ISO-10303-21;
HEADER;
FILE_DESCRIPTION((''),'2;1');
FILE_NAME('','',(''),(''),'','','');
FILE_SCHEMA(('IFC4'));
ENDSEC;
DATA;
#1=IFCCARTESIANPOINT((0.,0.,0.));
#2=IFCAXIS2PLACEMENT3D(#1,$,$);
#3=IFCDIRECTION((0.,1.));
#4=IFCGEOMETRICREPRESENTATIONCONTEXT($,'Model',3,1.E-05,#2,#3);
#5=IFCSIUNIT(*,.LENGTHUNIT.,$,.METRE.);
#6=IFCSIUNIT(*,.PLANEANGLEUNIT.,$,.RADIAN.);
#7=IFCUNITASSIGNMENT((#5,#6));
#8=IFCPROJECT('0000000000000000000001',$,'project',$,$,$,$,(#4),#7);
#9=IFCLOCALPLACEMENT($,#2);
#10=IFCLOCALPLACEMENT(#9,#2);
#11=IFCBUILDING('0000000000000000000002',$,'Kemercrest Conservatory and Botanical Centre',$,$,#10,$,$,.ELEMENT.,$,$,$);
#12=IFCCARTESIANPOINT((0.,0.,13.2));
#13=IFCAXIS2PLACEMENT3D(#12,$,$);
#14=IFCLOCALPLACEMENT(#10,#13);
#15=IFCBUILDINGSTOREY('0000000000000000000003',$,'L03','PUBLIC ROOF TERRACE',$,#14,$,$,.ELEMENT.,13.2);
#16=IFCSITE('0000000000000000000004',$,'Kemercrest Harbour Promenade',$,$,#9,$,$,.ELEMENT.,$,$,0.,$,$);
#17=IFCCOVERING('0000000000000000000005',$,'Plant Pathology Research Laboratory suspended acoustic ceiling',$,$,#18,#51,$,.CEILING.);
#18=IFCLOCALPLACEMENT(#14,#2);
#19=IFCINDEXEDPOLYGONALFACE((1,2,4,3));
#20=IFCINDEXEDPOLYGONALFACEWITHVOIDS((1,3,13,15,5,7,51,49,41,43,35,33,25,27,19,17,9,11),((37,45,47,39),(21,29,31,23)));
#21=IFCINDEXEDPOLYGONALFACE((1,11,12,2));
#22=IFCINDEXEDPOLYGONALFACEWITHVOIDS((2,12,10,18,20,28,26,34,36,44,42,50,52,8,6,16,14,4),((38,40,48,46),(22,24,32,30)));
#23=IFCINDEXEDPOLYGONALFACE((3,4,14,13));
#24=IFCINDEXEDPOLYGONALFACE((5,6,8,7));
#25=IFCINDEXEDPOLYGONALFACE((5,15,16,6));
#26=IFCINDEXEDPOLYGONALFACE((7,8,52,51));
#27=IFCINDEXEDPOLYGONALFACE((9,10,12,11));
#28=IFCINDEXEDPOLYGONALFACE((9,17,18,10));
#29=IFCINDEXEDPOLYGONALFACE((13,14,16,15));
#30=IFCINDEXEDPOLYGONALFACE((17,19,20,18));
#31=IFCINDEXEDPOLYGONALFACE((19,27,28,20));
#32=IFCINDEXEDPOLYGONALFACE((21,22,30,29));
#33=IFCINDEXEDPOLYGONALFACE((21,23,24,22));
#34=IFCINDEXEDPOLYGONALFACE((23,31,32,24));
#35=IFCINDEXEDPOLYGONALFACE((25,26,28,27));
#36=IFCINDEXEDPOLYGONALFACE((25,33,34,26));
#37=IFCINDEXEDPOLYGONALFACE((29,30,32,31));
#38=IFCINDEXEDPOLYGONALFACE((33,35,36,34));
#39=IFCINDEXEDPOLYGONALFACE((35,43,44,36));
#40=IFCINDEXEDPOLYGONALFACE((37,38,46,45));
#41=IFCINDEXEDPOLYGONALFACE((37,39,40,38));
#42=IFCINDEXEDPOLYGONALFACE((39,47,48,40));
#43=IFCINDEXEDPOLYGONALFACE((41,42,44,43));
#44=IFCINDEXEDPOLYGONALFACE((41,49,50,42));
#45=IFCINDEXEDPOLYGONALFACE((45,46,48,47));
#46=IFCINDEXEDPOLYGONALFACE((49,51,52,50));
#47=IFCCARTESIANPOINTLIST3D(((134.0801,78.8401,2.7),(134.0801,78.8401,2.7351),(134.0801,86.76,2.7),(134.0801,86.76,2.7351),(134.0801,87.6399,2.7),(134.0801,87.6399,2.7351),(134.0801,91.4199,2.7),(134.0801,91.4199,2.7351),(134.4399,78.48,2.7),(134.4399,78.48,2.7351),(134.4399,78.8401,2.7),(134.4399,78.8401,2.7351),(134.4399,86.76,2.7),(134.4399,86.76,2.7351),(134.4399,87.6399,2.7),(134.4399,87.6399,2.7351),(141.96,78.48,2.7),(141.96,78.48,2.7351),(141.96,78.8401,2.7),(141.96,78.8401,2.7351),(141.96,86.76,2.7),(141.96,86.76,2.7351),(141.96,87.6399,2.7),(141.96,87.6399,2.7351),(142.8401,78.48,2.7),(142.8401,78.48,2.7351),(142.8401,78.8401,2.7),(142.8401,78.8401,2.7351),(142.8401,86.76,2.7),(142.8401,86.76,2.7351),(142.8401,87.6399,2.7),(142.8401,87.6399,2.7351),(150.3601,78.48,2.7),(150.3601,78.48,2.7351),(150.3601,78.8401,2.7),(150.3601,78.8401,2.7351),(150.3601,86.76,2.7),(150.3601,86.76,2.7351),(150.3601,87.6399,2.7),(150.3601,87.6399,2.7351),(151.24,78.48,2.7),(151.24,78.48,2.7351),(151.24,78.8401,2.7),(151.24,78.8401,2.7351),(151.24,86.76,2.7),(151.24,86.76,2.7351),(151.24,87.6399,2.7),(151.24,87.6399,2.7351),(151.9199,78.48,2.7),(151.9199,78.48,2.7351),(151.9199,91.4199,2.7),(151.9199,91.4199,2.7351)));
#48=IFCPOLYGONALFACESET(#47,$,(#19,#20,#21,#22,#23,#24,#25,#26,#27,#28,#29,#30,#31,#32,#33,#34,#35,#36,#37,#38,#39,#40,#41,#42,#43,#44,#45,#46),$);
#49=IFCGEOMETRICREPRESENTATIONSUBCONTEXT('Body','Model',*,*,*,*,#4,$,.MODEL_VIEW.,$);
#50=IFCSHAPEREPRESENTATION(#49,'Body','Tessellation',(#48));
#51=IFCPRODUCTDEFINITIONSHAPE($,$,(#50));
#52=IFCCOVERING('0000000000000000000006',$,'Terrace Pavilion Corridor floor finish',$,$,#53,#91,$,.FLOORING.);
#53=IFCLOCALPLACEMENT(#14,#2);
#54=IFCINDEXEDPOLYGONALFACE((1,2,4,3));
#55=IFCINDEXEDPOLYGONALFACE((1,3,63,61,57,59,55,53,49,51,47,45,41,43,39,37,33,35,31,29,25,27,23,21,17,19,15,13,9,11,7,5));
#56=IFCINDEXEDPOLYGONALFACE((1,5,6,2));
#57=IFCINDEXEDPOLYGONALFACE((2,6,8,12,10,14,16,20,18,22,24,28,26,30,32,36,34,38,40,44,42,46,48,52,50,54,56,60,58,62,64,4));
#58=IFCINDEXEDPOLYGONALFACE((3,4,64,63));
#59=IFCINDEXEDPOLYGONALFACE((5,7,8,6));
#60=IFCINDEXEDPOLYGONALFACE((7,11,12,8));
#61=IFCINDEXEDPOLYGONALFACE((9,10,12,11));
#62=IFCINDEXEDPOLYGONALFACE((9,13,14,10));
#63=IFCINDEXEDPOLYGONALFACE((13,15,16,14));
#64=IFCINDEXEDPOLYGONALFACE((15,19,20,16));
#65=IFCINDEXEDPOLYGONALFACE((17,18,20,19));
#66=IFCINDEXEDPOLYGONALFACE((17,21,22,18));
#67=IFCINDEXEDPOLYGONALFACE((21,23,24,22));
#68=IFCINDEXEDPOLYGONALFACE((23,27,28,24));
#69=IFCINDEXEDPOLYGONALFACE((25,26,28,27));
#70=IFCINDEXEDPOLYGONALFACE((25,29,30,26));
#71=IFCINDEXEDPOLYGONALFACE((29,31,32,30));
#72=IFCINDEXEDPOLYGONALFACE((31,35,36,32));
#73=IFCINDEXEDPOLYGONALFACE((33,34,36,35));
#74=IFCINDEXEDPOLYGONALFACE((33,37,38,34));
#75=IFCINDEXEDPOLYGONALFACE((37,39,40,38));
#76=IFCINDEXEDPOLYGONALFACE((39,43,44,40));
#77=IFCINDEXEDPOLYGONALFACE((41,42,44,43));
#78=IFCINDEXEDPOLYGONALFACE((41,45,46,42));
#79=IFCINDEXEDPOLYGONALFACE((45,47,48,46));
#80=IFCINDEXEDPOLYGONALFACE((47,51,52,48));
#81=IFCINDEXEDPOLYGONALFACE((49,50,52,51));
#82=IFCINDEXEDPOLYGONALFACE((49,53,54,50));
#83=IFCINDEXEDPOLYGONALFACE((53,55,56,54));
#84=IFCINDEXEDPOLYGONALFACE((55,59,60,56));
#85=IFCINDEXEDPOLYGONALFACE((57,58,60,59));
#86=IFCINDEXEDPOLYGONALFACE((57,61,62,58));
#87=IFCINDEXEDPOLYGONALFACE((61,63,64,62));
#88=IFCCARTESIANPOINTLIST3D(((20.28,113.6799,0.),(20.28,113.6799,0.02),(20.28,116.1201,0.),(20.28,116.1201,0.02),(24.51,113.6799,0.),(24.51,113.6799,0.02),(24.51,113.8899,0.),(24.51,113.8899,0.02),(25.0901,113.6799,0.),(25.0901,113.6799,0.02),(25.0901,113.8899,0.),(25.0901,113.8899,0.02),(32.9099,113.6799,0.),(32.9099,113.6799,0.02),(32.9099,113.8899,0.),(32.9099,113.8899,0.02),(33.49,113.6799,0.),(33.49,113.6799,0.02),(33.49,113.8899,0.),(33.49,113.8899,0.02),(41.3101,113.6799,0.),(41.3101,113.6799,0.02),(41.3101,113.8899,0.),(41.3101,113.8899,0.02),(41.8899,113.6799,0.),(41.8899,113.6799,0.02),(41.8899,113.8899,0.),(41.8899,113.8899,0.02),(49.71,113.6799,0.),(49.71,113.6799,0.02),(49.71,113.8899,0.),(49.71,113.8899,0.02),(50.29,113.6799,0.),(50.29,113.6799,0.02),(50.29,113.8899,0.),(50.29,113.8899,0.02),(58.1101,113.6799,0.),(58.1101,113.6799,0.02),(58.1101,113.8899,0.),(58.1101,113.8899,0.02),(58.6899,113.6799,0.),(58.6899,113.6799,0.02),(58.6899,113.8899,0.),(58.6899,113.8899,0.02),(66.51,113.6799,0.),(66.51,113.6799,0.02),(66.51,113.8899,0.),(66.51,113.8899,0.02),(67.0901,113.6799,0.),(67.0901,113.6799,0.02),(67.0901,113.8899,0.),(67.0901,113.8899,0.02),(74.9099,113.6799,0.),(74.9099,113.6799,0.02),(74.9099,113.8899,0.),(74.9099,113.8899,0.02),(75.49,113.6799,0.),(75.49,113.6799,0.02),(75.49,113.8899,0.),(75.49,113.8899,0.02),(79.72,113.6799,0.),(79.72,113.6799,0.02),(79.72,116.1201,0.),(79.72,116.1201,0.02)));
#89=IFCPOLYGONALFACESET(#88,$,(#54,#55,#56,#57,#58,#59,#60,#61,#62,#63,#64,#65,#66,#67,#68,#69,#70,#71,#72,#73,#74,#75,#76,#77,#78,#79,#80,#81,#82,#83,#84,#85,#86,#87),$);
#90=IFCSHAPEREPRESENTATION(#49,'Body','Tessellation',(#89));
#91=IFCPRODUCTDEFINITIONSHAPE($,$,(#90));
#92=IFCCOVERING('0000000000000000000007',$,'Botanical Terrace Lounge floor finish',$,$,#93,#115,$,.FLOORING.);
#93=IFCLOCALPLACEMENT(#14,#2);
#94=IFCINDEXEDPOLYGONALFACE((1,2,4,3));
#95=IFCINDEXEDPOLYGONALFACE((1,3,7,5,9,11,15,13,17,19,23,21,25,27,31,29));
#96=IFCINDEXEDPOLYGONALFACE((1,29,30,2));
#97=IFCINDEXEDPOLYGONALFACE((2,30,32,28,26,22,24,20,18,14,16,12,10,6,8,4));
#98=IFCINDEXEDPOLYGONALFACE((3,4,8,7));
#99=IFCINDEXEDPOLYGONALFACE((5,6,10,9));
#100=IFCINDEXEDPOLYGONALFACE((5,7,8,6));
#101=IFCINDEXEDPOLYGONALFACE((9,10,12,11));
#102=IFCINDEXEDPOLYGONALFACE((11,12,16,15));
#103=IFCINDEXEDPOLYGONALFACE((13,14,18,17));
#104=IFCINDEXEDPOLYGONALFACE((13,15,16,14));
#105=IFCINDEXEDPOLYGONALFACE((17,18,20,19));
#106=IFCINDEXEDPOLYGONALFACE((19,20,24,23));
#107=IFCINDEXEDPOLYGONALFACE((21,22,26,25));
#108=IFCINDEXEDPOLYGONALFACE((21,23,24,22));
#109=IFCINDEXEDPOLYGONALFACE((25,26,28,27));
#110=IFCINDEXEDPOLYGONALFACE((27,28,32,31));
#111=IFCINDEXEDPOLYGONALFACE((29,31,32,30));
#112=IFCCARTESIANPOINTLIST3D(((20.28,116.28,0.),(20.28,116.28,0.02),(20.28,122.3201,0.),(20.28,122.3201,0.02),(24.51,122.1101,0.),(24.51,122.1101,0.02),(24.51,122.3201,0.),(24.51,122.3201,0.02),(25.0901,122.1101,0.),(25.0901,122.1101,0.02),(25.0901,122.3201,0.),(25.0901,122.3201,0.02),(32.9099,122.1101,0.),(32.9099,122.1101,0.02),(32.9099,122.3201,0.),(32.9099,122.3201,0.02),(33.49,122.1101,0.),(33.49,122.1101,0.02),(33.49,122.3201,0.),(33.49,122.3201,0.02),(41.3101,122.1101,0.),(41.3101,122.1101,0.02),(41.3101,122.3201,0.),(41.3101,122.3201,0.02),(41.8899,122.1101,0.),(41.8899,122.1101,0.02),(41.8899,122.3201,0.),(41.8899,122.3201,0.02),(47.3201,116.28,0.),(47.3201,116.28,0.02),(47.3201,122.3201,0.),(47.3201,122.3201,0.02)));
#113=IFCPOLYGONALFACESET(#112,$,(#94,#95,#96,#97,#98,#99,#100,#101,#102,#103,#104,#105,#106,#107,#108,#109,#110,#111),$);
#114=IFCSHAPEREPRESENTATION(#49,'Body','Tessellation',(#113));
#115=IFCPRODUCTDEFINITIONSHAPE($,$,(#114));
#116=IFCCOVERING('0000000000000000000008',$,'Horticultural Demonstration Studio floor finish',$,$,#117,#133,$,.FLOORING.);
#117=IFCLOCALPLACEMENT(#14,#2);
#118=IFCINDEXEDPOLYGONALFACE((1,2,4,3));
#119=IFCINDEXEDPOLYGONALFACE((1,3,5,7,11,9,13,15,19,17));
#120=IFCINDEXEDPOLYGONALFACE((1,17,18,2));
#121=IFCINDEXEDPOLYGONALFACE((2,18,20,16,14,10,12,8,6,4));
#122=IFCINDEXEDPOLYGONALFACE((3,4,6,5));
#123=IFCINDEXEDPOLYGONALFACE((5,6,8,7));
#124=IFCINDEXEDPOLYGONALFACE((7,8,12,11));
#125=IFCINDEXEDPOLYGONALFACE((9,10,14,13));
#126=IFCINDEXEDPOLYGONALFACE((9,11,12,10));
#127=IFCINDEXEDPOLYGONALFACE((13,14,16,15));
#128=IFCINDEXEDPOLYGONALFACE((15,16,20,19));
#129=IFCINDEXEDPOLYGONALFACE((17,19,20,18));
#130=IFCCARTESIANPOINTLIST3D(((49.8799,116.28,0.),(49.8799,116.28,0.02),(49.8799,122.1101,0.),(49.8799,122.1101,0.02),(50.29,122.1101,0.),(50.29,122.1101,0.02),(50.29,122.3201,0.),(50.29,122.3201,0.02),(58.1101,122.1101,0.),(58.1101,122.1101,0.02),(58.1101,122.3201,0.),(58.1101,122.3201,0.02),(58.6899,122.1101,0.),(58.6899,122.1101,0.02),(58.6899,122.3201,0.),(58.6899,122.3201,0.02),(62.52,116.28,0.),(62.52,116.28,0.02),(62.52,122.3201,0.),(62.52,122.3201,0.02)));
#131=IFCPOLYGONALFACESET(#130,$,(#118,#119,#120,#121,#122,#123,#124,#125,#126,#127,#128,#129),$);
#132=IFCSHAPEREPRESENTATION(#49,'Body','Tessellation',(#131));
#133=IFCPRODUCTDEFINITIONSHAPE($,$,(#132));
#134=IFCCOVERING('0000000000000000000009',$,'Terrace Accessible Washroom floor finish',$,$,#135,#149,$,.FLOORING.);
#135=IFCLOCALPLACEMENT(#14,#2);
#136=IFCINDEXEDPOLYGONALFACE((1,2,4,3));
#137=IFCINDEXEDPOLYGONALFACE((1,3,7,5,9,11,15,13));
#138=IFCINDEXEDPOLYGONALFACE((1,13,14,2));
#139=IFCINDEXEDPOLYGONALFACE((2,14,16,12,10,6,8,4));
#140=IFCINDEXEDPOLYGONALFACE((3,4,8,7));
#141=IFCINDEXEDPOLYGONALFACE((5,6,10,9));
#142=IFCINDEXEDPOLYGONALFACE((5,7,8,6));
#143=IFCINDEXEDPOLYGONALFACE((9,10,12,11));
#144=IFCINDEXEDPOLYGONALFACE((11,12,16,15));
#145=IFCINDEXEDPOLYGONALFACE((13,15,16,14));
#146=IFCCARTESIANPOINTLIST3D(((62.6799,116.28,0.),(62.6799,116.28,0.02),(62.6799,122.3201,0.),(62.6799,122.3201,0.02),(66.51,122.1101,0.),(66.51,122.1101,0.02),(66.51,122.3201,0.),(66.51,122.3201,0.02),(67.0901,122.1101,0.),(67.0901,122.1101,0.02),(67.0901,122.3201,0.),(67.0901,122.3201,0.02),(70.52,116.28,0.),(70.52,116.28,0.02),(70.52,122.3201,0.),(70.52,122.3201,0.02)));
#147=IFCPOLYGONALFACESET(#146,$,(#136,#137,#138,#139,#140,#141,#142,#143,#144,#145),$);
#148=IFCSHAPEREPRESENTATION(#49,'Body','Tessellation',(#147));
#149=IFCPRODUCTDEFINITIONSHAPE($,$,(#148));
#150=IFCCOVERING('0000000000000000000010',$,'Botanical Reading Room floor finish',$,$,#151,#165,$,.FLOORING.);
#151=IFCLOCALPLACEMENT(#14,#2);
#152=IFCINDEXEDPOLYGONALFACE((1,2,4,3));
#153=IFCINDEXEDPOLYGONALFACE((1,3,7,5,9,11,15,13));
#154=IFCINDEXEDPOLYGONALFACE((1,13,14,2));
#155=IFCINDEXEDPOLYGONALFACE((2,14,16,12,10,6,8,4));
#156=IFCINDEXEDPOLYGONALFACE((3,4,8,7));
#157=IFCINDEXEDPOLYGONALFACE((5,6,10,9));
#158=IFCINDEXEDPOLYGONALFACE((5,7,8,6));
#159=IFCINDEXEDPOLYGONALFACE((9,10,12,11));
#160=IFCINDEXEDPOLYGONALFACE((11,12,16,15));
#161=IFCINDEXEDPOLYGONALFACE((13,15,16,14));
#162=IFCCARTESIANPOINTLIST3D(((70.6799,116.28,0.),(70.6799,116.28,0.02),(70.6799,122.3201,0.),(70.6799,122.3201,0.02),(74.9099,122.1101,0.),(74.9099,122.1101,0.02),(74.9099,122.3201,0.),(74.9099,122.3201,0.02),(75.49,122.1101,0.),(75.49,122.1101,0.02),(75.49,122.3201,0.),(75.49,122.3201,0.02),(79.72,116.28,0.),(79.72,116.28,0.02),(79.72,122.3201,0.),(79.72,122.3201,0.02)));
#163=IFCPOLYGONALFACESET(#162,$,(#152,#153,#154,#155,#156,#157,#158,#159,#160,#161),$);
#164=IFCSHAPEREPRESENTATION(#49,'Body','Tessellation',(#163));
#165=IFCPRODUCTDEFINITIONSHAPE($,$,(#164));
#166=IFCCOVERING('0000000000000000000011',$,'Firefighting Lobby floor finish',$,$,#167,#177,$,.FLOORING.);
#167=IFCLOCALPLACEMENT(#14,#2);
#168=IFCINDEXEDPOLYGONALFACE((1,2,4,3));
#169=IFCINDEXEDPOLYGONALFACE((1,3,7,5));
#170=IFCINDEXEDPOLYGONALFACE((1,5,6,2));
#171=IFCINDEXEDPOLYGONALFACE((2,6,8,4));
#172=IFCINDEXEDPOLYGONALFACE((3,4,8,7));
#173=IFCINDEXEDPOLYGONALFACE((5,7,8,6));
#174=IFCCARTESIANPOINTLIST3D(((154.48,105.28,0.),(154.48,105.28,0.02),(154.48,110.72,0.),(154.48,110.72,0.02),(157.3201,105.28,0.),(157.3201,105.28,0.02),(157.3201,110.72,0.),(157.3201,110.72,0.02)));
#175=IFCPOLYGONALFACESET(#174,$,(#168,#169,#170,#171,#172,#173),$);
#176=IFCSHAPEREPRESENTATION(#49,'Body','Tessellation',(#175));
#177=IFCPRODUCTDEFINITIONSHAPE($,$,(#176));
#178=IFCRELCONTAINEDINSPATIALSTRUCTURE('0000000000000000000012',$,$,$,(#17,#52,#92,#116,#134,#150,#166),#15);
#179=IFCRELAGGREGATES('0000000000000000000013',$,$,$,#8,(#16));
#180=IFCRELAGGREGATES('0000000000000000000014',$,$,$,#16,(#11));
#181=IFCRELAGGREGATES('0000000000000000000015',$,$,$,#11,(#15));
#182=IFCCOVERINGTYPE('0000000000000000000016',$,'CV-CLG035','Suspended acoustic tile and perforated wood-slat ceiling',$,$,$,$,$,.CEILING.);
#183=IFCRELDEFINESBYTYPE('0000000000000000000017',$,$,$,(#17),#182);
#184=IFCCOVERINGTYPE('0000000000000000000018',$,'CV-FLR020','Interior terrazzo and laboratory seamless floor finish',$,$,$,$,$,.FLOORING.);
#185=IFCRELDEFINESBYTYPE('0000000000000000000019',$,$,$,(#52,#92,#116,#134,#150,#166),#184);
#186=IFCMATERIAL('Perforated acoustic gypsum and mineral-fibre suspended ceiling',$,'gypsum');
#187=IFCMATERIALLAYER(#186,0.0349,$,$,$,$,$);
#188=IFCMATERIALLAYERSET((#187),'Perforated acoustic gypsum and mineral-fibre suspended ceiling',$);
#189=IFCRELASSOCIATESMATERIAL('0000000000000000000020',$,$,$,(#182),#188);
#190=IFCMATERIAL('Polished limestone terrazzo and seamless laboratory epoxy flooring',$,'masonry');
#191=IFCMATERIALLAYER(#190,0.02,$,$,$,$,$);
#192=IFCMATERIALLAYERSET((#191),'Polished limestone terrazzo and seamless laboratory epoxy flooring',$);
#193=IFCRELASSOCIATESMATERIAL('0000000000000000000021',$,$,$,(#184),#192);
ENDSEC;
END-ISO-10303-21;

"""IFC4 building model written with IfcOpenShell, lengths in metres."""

from ifc_helpers import new_model, si_unit, direction, frame, origin, place, context, subcontext, project, spatial, polyline, outline, extrude, material, layer, layer_set, type_object, element, save


model = new_model("IFC4")

# Units and contexts
model_context = context("Model", 3, precision=1e-05, world=origin(), true_north=direction((0.0, 1.0)))
body_context = subcontext(model_context, "Body", "Model", "MODEL_VIEW")
ifc_project = project(units=[si_unit("LENGTHUNIT", "METRE"), si_unit("PLANEANGLEUNIT", "RADIAN")], contexts=[model_context])

# Site, building, storey
site_placement = place(None, origin())
site = spatial("IfcSite", under=ifc_project, at=site_placement, Name="Kemercrest Harbour Promenade", CompositionType="ELEMENT", RefElevation=0.0)
building_placement = place(site_placement, origin())
building = spatial("IfcBuilding", under=site, at=building_placement, Name="Kemercrest Conservatory and Botanical Centre", CompositionType="ELEMENT")
storey_placement = place(building_placement, frame((0.0, 0.0, 13.2)))
storey = spatial("IfcBuildingStorey", under=building, at=storey_placement, Name="L03", Description="PUBLIC ROOF TERRACE", CompositionType="ELEMENT", Elevation=13.2)

# Coverings
ifc_material_1 = material(Name="Perforated acoustic gypsum and mineral-fibre suspended ceiling", Category="gypsum")
ifc_layer_1 = layer(ifc_material_1, 0.0349)
ifc_layer_set_1 = layer_set([ifc_layer_1], Name="Perforated acoustic gypsum and mineral-fibre suspended ceiling")
covering_type_1 = type_object("IfcCoveringType", Name="CV-CLG035", Description="Suspended acoustic tile and perforated wood-slat ceiling", PredefinedType="CEILING", material=ifc_layer_set_1)
covering_1_placement = place(storey_placement, frame((0.0, 0.0, 2.7)))
element("IfcCovering", 1, at=covering_1_placement, inside=storey, type_object=covering_type_1, Name="Plant Pathology Research Laboratory suspended acoustic ceiling", PredefinedType="CEILING", context=body_context, shape_type="SweptSolid", body=[
    extrude(outline(polyline([(150.3601, 78.8401), (151.24, 78.8401), (151.24, 78.48), (151.9199, 78.48), (151.9199, 91.4199), (134.0801, 91.4199), (134.0801, 87.6399), (134.4399, 87.6399), (134.4399, 86.76), (134.0801, 86.76), (134.0801, 78.8401), (134.4399, 78.8401), (134.4399, 78.48), (141.96, 78.48), (141.96, 78.8401), (142.8401, 78.8401), (142.8401, 78.48), (150.3601, 78.48), (150.3601, 78.8401)]), holes=[polyline([(151.24, 87.6399), (151.24, 86.76), (150.3601, 86.76), (150.3601, 87.6399), (151.24, 87.6399)]), polyline([(142.8401, 87.6399), (142.8401, 86.76), (141.96, 86.76), (141.96, 87.6399), (142.8401, 87.6399)])]), origin(), (0.0, 0.0, 1.0), 0.0352),
])
ifc_material_2 = material(Name="Polished limestone terrazzo and seamless laboratory epoxy flooring", Category="masonry")
ifc_layer_2 = layer(ifc_material_2, 0.02)
ifc_layer_set_2 = layer_set([ifc_layer_2], Name="Polished limestone terrazzo and seamless laboratory epoxy flooring")
covering_type_2 = type_object("IfcCoveringType", Name="CV-FLR020", Description="Interior terrazzo and laboratory seamless floor finish", PredefinedType="FLOORING", material=ifc_layer_set_2)
covering_2_placement = place(storey_placement, origin())
element("IfcCovering", 2, at=covering_2_placement, inside=storey, type_object=covering_type_2, Name="Terrace Pavilion Corridor floor finish", PredefinedType="FLOORING", context=body_context, shape_type="SweptSolid", body=[
    extrude(outline(polyline([(75.49, 113.6799), (79.72, 113.6799), (79.72, 116.1201), (20.28, 116.1201), (20.28, 113.6799), (24.51, 113.6799), (24.51, 113.8899), (25.0901, 113.8899), (25.0901, 113.6799), (32.9099, 113.6799), (32.9099, 113.8899), (33.49, 113.8899), (33.49, 113.6799), (41.3101, 113.6799), (41.3101, 113.8899), (41.8899, 113.8899), (41.8899, 113.6799), (49.71, 113.6799), (49.71, 113.8899), (50.29, 113.8899), (50.29, 113.6799), (58.1101, 113.6799), (58.1101, 113.8899), (58.6899, 113.8899), (58.6899, 113.6799), (66.51, 113.6799), (66.51, 113.8899), (67.0901, 113.8899), (67.0901, 113.6799), (74.9099, 113.6799), (74.9099, 113.8899), (75.49, 113.8899), (75.49, 113.6799)])), origin(), (0.0, 0.0, 1.0), 0.02),
])
covering_3_placement = place(storey_placement, origin())
element("IfcCovering", 3, at=covering_3_placement, inside=storey, type_object=covering_type_2, Name="Botanical Terrace Lounge floor finish", PredefinedType="FLOORING", context=body_context, shape_type="SweptSolid", body=[
    extrude(outline(polyline([(20.28, 116.28), (47.3201, 116.28), (47.3201, 122.3201), (41.8899, 122.3201), (41.8899, 122.1101), (41.3101, 122.1101), (41.3101, 122.3201), (33.49, 122.3201), (33.49, 122.1101), (32.9099, 122.1101), (32.9099, 122.3201), (25.0901, 122.3201), (25.0901, 122.1101), (24.51, 122.1101), (24.51, 122.3201), (20.28, 122.3201), (20.28, 116.28)])), origin(), (0.0, 0.0, 1.0), 0.02),
])
covering_4_placement = place(storey_placement, origin())
element("IfcCovering", 4, at=covering_4_placement, inside=storey, type_object=covering_type_2, Name="Horticultural Demonstration Studio floor finish", PredefinedType="FLOORING", context=body_context, shape_type="SweptSolid", body=[
    extrude(outline(polyline([(49.8799, 116.28), (62.52, 116.28), (62.52, 122.3201), (58.6899, 122.3201), (58.6899, 122.1101), (58.1101, 122.1101), (58.1101, 122.3201), (50.29, 122.3201), (50.29, 122.1101), (49.8799, 122.1101), (49.8799, 116.28)])), origin(), (0.0, 0.0, 1.0), 0.02),
])
covering_5_placement = place(storey_placement, origin())
element("IfcCovering", 5, at=covering_5_placement, inside=storey, type_object=covering_type_2, Name="Terrace Accessible Washroom floor finish", PredefinedType="FLOORING", context=body_context, shape_type="SweptSolid", body=[
    extrude(outline(polyline([(62.6799, 116.28), (70.52, 116.28), (70.52, 122.3201), (67.0901, 122.3201), (67.0901, 122.1101), (66.51, 122.1101), (66.51, 122.3201), (62.6799, 122.3201), (62.6799, 116.28)])), origin(), (0.0, 0.0, 1.0), 0.02),
])
covering_6_placement = place(storey_placement, origin())
element("IfcCovering", 6, at=covering_6_placement, inside=storey, type_object=covering_type_2, Name="Botanical Reading Room floor finish", PredefinedType="FLOORING", context=body_context, shape_type="SweptSolid", body=[
    extrude(outline(polyline([(70.6799, 116.28), (79.72, 116.28), (79.72, 122.3201), (75.49, 122.3201), (75.49, 122.1101), (74.9099, 122.1101), (74.9099, 122.3201), (70.6799, 122.3201), (70.6799, 116.28)])), origin(), (0.0, 0.0, 1.0), 0.02),
])
covering_7_placement = place(storey_placement, origin())
element("IfcCovering", 7, at=covering_7_placement, inside=storey, type_object=covering_type_2, Name="Firefighting Lobby floor finish", PredefinedType="FLOORING", context=body_context, shape_type="SweptSolid", body=[
    extrude(outline(polyline([(154.48, 105.28), (157.3201, 105.28), (157.3201, 110.72), (154.48, 110.72), (154.48, 105.28)])), origin(), (0.0, 0.0, 1.0), 0.02),
])

save(model, "model.ifc")
